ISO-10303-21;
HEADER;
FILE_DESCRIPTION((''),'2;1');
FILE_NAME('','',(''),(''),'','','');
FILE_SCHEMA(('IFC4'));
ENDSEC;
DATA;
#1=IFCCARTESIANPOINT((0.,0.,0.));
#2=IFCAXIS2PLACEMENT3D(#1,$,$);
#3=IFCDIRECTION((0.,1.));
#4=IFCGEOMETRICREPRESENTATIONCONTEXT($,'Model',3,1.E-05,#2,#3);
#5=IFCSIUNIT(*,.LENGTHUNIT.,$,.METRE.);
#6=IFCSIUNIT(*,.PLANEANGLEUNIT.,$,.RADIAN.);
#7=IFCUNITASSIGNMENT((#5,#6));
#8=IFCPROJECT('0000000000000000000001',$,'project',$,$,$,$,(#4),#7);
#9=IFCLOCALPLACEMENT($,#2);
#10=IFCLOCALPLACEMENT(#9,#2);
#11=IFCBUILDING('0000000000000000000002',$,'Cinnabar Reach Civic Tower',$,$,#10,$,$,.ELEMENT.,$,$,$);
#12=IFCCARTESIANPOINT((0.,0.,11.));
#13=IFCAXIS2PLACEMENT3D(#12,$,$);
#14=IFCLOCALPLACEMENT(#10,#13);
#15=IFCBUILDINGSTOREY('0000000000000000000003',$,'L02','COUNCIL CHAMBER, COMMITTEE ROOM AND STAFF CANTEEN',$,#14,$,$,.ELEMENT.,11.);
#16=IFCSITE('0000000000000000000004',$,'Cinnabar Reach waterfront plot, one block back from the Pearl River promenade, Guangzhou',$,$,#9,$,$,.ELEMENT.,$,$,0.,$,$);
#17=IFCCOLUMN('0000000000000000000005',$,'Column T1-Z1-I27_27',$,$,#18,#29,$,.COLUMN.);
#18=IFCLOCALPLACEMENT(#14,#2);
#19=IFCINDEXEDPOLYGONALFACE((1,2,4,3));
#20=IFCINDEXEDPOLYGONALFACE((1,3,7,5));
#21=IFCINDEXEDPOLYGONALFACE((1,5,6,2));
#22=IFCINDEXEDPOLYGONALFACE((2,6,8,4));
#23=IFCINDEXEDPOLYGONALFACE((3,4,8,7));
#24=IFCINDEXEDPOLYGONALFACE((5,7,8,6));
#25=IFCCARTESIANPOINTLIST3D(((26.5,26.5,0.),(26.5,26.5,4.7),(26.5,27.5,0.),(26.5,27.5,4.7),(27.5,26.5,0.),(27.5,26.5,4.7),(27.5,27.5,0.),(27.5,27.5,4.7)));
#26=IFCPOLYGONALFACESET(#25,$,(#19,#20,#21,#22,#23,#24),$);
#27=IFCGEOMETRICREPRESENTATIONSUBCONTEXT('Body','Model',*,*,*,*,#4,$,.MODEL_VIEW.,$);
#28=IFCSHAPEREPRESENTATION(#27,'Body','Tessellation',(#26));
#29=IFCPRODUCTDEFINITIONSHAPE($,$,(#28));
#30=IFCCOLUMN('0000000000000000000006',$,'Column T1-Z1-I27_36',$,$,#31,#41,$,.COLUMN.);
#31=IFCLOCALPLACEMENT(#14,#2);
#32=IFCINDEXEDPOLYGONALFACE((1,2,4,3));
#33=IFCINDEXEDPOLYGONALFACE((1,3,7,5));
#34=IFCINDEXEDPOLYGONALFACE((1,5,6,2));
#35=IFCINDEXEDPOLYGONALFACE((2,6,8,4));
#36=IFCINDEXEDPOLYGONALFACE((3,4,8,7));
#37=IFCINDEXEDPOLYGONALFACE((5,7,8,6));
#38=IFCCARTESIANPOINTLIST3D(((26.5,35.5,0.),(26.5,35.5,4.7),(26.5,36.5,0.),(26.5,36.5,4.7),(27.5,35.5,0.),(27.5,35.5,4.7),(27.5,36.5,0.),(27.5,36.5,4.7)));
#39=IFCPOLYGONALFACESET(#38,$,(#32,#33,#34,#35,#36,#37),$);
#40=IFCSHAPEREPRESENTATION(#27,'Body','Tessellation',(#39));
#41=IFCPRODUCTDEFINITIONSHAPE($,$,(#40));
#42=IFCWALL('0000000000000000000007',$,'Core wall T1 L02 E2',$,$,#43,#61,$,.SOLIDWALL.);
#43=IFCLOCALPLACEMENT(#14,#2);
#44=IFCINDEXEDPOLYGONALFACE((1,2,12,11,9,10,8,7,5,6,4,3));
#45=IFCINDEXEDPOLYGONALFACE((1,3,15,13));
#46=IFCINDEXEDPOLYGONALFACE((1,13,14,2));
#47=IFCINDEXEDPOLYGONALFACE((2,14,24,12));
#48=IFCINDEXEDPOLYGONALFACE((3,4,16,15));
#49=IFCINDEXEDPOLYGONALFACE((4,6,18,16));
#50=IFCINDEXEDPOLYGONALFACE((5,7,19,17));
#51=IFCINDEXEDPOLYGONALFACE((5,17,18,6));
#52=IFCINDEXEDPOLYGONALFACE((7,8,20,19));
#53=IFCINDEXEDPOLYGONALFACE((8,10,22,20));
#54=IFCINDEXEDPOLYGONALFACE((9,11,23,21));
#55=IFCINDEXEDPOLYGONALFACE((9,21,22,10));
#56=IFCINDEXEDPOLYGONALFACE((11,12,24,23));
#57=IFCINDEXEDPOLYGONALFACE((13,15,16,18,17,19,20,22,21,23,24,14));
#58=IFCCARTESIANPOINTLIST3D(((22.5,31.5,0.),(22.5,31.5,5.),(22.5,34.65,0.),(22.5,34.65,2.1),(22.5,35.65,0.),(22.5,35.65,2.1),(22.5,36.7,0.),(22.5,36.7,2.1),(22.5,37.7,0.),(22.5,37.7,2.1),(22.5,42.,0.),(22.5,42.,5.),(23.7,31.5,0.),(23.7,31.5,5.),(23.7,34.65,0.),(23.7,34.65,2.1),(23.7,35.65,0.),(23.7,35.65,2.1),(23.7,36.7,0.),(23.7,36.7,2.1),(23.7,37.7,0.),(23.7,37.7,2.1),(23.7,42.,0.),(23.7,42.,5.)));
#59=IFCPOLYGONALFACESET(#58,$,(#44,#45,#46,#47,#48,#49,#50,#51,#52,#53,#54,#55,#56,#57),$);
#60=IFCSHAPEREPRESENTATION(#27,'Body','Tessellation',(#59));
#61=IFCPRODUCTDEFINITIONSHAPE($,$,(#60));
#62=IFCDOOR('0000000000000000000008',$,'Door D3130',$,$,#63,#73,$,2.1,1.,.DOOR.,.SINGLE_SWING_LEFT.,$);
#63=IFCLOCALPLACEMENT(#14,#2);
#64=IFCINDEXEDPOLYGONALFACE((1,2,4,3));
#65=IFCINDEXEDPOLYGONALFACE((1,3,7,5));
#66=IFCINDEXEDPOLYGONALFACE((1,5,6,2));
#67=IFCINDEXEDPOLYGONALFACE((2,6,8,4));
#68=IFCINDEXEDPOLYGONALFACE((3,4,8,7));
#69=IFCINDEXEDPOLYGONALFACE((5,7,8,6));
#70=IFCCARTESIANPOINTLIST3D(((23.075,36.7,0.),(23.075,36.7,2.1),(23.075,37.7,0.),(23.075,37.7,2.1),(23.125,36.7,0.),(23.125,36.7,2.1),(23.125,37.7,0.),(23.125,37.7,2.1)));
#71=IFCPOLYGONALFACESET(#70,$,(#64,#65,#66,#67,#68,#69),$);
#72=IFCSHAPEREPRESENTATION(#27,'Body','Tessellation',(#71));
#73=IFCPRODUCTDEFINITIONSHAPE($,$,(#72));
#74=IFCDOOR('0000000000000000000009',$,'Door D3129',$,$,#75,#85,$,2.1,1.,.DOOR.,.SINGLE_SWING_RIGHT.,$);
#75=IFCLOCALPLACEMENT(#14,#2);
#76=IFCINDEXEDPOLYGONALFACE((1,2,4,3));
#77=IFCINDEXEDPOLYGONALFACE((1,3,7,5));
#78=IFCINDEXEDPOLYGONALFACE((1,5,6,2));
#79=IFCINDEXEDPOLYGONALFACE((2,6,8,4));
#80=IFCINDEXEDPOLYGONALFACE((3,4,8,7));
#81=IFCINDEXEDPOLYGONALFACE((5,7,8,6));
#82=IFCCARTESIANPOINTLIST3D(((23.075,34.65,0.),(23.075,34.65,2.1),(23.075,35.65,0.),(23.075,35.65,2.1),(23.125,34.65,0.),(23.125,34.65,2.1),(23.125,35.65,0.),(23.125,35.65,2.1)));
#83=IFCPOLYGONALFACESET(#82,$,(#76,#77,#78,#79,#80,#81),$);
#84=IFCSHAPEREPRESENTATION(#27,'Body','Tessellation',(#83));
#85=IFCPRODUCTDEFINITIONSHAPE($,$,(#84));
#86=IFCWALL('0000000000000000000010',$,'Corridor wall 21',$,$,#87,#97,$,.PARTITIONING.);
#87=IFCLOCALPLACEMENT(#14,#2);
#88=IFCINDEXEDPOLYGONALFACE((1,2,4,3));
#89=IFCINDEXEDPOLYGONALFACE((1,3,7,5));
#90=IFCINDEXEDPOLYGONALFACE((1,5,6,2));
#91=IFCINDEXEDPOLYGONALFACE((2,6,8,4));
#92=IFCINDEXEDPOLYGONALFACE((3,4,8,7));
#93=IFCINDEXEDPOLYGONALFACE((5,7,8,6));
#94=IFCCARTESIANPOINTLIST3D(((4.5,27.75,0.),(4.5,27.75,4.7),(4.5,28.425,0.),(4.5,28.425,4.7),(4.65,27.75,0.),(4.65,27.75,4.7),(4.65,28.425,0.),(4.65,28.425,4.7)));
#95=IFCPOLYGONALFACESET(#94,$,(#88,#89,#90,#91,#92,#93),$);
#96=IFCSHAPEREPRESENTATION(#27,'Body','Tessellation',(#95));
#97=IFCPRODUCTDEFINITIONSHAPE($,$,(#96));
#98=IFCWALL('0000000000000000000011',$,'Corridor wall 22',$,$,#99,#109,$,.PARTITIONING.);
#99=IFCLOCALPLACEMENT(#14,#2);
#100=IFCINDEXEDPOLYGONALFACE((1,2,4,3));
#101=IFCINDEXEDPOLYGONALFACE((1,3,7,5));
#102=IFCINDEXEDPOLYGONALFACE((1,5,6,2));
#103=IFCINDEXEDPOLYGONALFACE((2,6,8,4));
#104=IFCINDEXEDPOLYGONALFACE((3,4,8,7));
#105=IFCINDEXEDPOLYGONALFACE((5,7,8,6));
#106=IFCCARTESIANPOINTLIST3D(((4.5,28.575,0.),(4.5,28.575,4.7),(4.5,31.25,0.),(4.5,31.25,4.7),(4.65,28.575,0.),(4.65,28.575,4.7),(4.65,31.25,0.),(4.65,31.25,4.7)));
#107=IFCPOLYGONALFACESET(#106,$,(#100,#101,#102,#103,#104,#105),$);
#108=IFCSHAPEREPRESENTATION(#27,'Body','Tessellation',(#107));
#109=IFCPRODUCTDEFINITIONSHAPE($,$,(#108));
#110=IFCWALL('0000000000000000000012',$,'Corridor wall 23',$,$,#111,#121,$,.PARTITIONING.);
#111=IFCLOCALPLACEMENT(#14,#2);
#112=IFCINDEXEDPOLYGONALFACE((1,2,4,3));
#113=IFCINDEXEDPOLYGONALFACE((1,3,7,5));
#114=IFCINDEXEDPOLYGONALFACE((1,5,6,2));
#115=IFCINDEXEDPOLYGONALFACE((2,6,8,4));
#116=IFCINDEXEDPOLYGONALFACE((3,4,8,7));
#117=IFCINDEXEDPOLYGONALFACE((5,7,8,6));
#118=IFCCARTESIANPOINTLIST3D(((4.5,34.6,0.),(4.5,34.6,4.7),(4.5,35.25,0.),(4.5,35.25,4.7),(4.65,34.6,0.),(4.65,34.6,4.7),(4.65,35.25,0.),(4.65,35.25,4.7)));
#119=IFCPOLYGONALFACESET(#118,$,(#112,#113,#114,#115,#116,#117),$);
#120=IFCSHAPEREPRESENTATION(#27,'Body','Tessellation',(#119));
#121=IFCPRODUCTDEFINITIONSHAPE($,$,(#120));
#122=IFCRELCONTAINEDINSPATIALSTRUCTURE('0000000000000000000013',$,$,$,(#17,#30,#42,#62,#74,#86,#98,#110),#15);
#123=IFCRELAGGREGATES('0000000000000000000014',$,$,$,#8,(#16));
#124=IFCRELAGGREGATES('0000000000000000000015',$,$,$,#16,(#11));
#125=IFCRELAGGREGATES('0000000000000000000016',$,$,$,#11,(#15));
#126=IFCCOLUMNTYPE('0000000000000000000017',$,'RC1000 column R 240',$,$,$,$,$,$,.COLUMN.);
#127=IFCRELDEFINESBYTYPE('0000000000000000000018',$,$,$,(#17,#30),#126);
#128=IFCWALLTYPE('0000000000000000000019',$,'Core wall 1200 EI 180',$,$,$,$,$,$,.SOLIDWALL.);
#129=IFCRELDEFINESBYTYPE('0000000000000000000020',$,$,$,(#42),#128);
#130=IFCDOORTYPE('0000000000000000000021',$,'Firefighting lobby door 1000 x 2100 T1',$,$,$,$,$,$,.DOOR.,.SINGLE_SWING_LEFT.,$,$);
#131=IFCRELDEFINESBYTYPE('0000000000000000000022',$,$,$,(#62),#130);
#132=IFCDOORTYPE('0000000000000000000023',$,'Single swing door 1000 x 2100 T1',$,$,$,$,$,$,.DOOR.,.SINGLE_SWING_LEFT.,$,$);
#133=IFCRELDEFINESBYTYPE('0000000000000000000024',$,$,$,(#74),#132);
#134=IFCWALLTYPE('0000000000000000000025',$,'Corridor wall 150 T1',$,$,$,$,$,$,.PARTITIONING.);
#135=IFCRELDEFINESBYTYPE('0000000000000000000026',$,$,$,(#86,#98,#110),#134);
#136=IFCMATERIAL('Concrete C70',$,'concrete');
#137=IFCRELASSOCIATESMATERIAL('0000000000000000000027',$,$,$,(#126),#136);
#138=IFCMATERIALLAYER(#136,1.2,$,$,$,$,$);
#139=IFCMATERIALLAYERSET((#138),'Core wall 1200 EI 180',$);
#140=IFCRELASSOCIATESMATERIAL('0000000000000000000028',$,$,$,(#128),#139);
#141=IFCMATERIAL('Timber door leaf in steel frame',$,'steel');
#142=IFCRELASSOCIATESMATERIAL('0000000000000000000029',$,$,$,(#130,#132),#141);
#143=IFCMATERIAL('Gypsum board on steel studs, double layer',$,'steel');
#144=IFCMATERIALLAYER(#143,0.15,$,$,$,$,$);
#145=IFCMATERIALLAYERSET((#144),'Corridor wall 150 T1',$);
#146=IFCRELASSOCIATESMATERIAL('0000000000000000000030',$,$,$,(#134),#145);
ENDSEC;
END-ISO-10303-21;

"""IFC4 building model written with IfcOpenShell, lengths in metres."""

from ifc_helpers import new_model, si_unit, direction, frame, frame_2d, origin, origin_2d, place, context, subcontext, project, spatial, rectangle, extrude, material, layer, layer_set, material_profile, profile_set, type_object, element, fill, save


model = new_model("IFC4")

# Units and contexts
model_context = context("Model", 3, precision=1e-05, world=origin(), true_north=direction((0.0, 1.0)))
body_context = subcontext(model_context, "Body", "Model", "MODEL_VIEW")
ifc_project = project(units=[si_unit("LENGTHUNIT", "METRE"), si_unit("PLANEANGLEUNIT", "RADIAN")], contexts=[model_context])

# Site, building, storey
site_placement = place(None, origin())
site = spatial("IfcSite", under=ifc_project, at=site_placement, Name="Cinnabar Reach waterfront plot, one block back from the Pearl River promenade, Guangzhou", CompositionType="ELEMENT", RefElevation=0.0)
building_placement = place(site_placement, origin())
building = spatial("IfcBuilding", under=site, at=building_placement, Name="Cinnabar Reach Civic Tower", CompositionType="ELEMENT")
storey_placement = place(building_placement, frame((0.0, 0.0, 11.0)))
storey = spatial("IfcBuildingStorey", under=building, at=storey_placement, Name="L02", Description="COUNCIL CHAMBER, COMMITTEE ROOM AND STAFF CANTEEN", CompositionType="ELEMENT", Elevation=11.0)

# Columns
ifc_material_1 = material(Name="Concrete C70", Category="concrete")
ifc_material_profile = material_profile(ifc_material_1, rectangle(XDim=1.0, YDim=1.0, at=origin_2d()), Name="RC1000")
ifc_profile_set = profile_set([ifc_material_profile], Name="Concrete C70")
column_type = type_object("IfcColumnType", Name="RC1000 column R 240", PredefinedType="COLUMN", material=ifc_profile_set)
for number, where, z_axis, x_axis, name in (
    (1, (27.0, 27.0, 0.0), (0.0, 0.0, 1.0), (1.0, 0.0, 0.0), "Column T1-Z1-I27_27"),
    (2, (27.0, 36.0, 0.0), (0.0, 0.0, 1.0), (1.0, 0.0, 0.0), "Column T1-Z1-I27_36"),
):
    element("IfcColumn", number, at=place(storey_placement, frame(where, z_axis=z_axis, x_axis=x_axis)), inside=storey, type_object=column_type, Name=name, PredefinedType="COLUMN", context=body_context, shape_type="SweptSolid", body=[
        extrude(rectangle(XDim=1.0, YDim=1.0, at=origin_2d()), origin(), (0.0, 0.0, 1.0), 4.7),
    ])

# Wall, openings, doors
ifc_layer_1 = layer(ifc_material_1, 1.2)
ifc_layer_set_1 = layer_set([ifc_layer_1], Name="Core wall 1200 EI 180")
wall_type_1 = type_object("IfcWallType", Name="Core wall 1200 EI 180", PredefinedType="SOLIDWALL", material=ifc_layer_set_1)
wall_1_placement = place(storey_placement, frame((23.1, 31.5, 0.0), z_axis=(0.0, 0.0, 1.0), x_axis=(0.0, 1.0, 0.0)))
wall_1 = element("IfcWall", 3, at=wall_1_placement, inside=storey, type_object=wall_type_1, Name="Core wall T1 L02 E2", PredefinedType="SOLIDWALL", context=body_context, shape_type="SweptSolid", body=[
    extrude(rectangle(XDim=10.5, YDim=1.2, at=frame_2d((5.25, 0.0))), origin(), (0.0, 0.0, 1.0), 5.0),
])
opening_1_placement = place(wall_1_placement, frame((3.15, 0.0, 0.0)))
opening_1 = element("IfcOpeningElement", 4, at=opening_1_placement, cuts=wall_1, PredefinedType="OPENING", context=body_context, shape_type="SweptSolid", body=[
    extrude(rectangle(XDim=1.0, YDim=2.1, at=frame_2d((0.5, 1.05))), frame((0.0, 0.61, 0.0), z_axis=(0.0, -1.0, 0.0), x_axis=(1.0, 0.0, 0.0)), (0.0, 0.0, 1.0), 1.22),
])
opening_2_placement = place(wall_1_placement, frame((5.2, 0.0, 0.0)))
opening_2 = element("IfcOpeningElement", 5, at=opening_2_placement, cuts=wall_1, PredefinedType="OPENING", context=body_context, shape_type="SweptSolid", body=[
    extrude(rectangle(XDim=1.0, YDim=2.1, at=frame_2d((0.5, 1.05))), frame((0.0, 0.61, 0.0), z_axis=(0.0, -1.0, 0.0), x_axis=(1.0, 0.0, 0.0)), (0.0, 0.0, 1.0), 1.22),
])
ifc_material_2 = material(Name="Timber door leaf in steel frame", Category="steel")
door_type_1 = type_object("IfcDoorType", Name="Firefighting lobby door 1000 x 2100 T1", OperationType="SINGLE_SWING_LEFT", PredefinedType="DOOR", material=ifc_material_2)
door_1_placement = place(opening_2_placement, frame((1.0, 0.0, 0.0), z_axis=(0.0, 0.0, 1.0), x_axis=(-1.0, 0.0, 0.0)))
door_1 = element("IfcDoor", 6, at=door_1_placement, inside=storey, type_object=door_type_1, Name="Door D3130", OperationType="SINGLE_SWING_LEFT", OverallHeight=2.1, OverallWidth=1.0, PredefinedType="DOOR", context=body_context, shape_type="SweptSolid", body=[
    extrude(rectangle(XDim=1.0, YDim=2.1, at=frame_2d((0.5, 1.05))), frame((0.0, 0.025, 0.0), z_axis=(0.0, -1.0, 0.0), x_axis=(1.0, 0.0, 0.0)), (0.0, 0.0, 1.0), 0.05),
])
fill(opening_2, door_1)
door_type_2 = type_object("IfcDoorType", Name="Single swing door 1000 x 2100 T1", OperationType="SINGLE_SWING_LEFT", PredefinedType="DOOR", material=ifc_material_2)
door_2_placement = place(opening_1_placement, frame((1.0, 0.0, 0.0), z_axis=(0.0, 0.0, 1.0), x_axis=(-1.0, 0.0, 0.0)))
door_2 = element("IfcDoor", 7, at=door_2_placement, inside=storey, type_object=door_type_2, Name="Door D3129", OperationType="SINGLE_SWING_RIGHT", OverallHeight=2.1, OverallWidth=1.0, PredefinedType="DOOR", context=body_context, shape_type="SweptSolid", body=[
    extrude(rectangle(XDim=1.0, YDim=2.1, at=frame_2d((0.5, 1.05))), frame((0.0, 0.025, 0.0), z_axis=(0.0, -1.0, 0.0), x_axis=(1.0, 0.0, 0.0)), (0.0, 0.0, 1.0), 0.05),
])
fill(opening_1, door_2)

# Walls
ifc_material_3 = material(Name="Gypsum board on steel studs, double layer", Category="steel")
ifc_layer_2 = layer(ifc_material_3, 0.15)
ifc_layer_set_2 = layer_set([ifc_layer_2], Name="Corridor wall 150 T1")
wall_type_2 = type_object("IfcWallType", Name="Corridor wall 150 T1", PredefinedType="PARTITIONING", material=ifc_layer_set_2)
wall_2_placement = place(storey_placement, frame((4.575, 27.75, 0.0), z_axis=(0.0, 0.0, 1.0), x_axis=(0.0, 1.0, 0.0)))
element("IfcWall", 8, at=wall_2_placement, inside=storey, type_object=wall_type_2, Name="Corridor wall 21", PredefinedType="PARTITIONING", context=body_context, shape_type="SweptSolid", body=[
    extrude(rectangle(XDim=0.675, YDim=0.15, at=frame_2d((0.3375, 0.0))), origin(), (0.0, 0.0, 1.0), 4.7),
])
wall_3_placement = place(storey_placement, frame((4.575, 28.575, 0.0), z_axis=(0.0, 0.0, 1.0), x_axis=(0.0, 1.0, 0.0)))
element("IfcWall", 9, at=wall_3_placement, inside=storey, type_object=wall_type_2, Name="Corridor wall 22", PredefinedType="PARTITIONING", context=body_context, shape_type="SweptSolid", body=[
    extrude(rectangle(XDim=2.675, YDim=0.15, at=frame_2d((1.3375, 0.0))), origin(), (0.0, 0.0, 1.0), 4.7),
])
wall_4_placement = place(storey_placement, frame((4.575, 34.6, 0.0), z_axis=(0.0, 0.0, 1.0), x_axis=(0.0, 1.0, 0.0)))
element("IfcWall", 10, at=wall_4_placement, inside=storey, type_object=wall_type_2, Name="Corridor wall 23", PredefinedType="PARTITIONING", context=body_context, shape_type="SweptSolid", body=[
    extrude(rectangle(XDim=0.65, YDim=0.15, at=frame_2d((0.325, 0.0))), origin(), (0.0, 0.0, 1.0), 4.7),
])

save(model, "model.ifc")
